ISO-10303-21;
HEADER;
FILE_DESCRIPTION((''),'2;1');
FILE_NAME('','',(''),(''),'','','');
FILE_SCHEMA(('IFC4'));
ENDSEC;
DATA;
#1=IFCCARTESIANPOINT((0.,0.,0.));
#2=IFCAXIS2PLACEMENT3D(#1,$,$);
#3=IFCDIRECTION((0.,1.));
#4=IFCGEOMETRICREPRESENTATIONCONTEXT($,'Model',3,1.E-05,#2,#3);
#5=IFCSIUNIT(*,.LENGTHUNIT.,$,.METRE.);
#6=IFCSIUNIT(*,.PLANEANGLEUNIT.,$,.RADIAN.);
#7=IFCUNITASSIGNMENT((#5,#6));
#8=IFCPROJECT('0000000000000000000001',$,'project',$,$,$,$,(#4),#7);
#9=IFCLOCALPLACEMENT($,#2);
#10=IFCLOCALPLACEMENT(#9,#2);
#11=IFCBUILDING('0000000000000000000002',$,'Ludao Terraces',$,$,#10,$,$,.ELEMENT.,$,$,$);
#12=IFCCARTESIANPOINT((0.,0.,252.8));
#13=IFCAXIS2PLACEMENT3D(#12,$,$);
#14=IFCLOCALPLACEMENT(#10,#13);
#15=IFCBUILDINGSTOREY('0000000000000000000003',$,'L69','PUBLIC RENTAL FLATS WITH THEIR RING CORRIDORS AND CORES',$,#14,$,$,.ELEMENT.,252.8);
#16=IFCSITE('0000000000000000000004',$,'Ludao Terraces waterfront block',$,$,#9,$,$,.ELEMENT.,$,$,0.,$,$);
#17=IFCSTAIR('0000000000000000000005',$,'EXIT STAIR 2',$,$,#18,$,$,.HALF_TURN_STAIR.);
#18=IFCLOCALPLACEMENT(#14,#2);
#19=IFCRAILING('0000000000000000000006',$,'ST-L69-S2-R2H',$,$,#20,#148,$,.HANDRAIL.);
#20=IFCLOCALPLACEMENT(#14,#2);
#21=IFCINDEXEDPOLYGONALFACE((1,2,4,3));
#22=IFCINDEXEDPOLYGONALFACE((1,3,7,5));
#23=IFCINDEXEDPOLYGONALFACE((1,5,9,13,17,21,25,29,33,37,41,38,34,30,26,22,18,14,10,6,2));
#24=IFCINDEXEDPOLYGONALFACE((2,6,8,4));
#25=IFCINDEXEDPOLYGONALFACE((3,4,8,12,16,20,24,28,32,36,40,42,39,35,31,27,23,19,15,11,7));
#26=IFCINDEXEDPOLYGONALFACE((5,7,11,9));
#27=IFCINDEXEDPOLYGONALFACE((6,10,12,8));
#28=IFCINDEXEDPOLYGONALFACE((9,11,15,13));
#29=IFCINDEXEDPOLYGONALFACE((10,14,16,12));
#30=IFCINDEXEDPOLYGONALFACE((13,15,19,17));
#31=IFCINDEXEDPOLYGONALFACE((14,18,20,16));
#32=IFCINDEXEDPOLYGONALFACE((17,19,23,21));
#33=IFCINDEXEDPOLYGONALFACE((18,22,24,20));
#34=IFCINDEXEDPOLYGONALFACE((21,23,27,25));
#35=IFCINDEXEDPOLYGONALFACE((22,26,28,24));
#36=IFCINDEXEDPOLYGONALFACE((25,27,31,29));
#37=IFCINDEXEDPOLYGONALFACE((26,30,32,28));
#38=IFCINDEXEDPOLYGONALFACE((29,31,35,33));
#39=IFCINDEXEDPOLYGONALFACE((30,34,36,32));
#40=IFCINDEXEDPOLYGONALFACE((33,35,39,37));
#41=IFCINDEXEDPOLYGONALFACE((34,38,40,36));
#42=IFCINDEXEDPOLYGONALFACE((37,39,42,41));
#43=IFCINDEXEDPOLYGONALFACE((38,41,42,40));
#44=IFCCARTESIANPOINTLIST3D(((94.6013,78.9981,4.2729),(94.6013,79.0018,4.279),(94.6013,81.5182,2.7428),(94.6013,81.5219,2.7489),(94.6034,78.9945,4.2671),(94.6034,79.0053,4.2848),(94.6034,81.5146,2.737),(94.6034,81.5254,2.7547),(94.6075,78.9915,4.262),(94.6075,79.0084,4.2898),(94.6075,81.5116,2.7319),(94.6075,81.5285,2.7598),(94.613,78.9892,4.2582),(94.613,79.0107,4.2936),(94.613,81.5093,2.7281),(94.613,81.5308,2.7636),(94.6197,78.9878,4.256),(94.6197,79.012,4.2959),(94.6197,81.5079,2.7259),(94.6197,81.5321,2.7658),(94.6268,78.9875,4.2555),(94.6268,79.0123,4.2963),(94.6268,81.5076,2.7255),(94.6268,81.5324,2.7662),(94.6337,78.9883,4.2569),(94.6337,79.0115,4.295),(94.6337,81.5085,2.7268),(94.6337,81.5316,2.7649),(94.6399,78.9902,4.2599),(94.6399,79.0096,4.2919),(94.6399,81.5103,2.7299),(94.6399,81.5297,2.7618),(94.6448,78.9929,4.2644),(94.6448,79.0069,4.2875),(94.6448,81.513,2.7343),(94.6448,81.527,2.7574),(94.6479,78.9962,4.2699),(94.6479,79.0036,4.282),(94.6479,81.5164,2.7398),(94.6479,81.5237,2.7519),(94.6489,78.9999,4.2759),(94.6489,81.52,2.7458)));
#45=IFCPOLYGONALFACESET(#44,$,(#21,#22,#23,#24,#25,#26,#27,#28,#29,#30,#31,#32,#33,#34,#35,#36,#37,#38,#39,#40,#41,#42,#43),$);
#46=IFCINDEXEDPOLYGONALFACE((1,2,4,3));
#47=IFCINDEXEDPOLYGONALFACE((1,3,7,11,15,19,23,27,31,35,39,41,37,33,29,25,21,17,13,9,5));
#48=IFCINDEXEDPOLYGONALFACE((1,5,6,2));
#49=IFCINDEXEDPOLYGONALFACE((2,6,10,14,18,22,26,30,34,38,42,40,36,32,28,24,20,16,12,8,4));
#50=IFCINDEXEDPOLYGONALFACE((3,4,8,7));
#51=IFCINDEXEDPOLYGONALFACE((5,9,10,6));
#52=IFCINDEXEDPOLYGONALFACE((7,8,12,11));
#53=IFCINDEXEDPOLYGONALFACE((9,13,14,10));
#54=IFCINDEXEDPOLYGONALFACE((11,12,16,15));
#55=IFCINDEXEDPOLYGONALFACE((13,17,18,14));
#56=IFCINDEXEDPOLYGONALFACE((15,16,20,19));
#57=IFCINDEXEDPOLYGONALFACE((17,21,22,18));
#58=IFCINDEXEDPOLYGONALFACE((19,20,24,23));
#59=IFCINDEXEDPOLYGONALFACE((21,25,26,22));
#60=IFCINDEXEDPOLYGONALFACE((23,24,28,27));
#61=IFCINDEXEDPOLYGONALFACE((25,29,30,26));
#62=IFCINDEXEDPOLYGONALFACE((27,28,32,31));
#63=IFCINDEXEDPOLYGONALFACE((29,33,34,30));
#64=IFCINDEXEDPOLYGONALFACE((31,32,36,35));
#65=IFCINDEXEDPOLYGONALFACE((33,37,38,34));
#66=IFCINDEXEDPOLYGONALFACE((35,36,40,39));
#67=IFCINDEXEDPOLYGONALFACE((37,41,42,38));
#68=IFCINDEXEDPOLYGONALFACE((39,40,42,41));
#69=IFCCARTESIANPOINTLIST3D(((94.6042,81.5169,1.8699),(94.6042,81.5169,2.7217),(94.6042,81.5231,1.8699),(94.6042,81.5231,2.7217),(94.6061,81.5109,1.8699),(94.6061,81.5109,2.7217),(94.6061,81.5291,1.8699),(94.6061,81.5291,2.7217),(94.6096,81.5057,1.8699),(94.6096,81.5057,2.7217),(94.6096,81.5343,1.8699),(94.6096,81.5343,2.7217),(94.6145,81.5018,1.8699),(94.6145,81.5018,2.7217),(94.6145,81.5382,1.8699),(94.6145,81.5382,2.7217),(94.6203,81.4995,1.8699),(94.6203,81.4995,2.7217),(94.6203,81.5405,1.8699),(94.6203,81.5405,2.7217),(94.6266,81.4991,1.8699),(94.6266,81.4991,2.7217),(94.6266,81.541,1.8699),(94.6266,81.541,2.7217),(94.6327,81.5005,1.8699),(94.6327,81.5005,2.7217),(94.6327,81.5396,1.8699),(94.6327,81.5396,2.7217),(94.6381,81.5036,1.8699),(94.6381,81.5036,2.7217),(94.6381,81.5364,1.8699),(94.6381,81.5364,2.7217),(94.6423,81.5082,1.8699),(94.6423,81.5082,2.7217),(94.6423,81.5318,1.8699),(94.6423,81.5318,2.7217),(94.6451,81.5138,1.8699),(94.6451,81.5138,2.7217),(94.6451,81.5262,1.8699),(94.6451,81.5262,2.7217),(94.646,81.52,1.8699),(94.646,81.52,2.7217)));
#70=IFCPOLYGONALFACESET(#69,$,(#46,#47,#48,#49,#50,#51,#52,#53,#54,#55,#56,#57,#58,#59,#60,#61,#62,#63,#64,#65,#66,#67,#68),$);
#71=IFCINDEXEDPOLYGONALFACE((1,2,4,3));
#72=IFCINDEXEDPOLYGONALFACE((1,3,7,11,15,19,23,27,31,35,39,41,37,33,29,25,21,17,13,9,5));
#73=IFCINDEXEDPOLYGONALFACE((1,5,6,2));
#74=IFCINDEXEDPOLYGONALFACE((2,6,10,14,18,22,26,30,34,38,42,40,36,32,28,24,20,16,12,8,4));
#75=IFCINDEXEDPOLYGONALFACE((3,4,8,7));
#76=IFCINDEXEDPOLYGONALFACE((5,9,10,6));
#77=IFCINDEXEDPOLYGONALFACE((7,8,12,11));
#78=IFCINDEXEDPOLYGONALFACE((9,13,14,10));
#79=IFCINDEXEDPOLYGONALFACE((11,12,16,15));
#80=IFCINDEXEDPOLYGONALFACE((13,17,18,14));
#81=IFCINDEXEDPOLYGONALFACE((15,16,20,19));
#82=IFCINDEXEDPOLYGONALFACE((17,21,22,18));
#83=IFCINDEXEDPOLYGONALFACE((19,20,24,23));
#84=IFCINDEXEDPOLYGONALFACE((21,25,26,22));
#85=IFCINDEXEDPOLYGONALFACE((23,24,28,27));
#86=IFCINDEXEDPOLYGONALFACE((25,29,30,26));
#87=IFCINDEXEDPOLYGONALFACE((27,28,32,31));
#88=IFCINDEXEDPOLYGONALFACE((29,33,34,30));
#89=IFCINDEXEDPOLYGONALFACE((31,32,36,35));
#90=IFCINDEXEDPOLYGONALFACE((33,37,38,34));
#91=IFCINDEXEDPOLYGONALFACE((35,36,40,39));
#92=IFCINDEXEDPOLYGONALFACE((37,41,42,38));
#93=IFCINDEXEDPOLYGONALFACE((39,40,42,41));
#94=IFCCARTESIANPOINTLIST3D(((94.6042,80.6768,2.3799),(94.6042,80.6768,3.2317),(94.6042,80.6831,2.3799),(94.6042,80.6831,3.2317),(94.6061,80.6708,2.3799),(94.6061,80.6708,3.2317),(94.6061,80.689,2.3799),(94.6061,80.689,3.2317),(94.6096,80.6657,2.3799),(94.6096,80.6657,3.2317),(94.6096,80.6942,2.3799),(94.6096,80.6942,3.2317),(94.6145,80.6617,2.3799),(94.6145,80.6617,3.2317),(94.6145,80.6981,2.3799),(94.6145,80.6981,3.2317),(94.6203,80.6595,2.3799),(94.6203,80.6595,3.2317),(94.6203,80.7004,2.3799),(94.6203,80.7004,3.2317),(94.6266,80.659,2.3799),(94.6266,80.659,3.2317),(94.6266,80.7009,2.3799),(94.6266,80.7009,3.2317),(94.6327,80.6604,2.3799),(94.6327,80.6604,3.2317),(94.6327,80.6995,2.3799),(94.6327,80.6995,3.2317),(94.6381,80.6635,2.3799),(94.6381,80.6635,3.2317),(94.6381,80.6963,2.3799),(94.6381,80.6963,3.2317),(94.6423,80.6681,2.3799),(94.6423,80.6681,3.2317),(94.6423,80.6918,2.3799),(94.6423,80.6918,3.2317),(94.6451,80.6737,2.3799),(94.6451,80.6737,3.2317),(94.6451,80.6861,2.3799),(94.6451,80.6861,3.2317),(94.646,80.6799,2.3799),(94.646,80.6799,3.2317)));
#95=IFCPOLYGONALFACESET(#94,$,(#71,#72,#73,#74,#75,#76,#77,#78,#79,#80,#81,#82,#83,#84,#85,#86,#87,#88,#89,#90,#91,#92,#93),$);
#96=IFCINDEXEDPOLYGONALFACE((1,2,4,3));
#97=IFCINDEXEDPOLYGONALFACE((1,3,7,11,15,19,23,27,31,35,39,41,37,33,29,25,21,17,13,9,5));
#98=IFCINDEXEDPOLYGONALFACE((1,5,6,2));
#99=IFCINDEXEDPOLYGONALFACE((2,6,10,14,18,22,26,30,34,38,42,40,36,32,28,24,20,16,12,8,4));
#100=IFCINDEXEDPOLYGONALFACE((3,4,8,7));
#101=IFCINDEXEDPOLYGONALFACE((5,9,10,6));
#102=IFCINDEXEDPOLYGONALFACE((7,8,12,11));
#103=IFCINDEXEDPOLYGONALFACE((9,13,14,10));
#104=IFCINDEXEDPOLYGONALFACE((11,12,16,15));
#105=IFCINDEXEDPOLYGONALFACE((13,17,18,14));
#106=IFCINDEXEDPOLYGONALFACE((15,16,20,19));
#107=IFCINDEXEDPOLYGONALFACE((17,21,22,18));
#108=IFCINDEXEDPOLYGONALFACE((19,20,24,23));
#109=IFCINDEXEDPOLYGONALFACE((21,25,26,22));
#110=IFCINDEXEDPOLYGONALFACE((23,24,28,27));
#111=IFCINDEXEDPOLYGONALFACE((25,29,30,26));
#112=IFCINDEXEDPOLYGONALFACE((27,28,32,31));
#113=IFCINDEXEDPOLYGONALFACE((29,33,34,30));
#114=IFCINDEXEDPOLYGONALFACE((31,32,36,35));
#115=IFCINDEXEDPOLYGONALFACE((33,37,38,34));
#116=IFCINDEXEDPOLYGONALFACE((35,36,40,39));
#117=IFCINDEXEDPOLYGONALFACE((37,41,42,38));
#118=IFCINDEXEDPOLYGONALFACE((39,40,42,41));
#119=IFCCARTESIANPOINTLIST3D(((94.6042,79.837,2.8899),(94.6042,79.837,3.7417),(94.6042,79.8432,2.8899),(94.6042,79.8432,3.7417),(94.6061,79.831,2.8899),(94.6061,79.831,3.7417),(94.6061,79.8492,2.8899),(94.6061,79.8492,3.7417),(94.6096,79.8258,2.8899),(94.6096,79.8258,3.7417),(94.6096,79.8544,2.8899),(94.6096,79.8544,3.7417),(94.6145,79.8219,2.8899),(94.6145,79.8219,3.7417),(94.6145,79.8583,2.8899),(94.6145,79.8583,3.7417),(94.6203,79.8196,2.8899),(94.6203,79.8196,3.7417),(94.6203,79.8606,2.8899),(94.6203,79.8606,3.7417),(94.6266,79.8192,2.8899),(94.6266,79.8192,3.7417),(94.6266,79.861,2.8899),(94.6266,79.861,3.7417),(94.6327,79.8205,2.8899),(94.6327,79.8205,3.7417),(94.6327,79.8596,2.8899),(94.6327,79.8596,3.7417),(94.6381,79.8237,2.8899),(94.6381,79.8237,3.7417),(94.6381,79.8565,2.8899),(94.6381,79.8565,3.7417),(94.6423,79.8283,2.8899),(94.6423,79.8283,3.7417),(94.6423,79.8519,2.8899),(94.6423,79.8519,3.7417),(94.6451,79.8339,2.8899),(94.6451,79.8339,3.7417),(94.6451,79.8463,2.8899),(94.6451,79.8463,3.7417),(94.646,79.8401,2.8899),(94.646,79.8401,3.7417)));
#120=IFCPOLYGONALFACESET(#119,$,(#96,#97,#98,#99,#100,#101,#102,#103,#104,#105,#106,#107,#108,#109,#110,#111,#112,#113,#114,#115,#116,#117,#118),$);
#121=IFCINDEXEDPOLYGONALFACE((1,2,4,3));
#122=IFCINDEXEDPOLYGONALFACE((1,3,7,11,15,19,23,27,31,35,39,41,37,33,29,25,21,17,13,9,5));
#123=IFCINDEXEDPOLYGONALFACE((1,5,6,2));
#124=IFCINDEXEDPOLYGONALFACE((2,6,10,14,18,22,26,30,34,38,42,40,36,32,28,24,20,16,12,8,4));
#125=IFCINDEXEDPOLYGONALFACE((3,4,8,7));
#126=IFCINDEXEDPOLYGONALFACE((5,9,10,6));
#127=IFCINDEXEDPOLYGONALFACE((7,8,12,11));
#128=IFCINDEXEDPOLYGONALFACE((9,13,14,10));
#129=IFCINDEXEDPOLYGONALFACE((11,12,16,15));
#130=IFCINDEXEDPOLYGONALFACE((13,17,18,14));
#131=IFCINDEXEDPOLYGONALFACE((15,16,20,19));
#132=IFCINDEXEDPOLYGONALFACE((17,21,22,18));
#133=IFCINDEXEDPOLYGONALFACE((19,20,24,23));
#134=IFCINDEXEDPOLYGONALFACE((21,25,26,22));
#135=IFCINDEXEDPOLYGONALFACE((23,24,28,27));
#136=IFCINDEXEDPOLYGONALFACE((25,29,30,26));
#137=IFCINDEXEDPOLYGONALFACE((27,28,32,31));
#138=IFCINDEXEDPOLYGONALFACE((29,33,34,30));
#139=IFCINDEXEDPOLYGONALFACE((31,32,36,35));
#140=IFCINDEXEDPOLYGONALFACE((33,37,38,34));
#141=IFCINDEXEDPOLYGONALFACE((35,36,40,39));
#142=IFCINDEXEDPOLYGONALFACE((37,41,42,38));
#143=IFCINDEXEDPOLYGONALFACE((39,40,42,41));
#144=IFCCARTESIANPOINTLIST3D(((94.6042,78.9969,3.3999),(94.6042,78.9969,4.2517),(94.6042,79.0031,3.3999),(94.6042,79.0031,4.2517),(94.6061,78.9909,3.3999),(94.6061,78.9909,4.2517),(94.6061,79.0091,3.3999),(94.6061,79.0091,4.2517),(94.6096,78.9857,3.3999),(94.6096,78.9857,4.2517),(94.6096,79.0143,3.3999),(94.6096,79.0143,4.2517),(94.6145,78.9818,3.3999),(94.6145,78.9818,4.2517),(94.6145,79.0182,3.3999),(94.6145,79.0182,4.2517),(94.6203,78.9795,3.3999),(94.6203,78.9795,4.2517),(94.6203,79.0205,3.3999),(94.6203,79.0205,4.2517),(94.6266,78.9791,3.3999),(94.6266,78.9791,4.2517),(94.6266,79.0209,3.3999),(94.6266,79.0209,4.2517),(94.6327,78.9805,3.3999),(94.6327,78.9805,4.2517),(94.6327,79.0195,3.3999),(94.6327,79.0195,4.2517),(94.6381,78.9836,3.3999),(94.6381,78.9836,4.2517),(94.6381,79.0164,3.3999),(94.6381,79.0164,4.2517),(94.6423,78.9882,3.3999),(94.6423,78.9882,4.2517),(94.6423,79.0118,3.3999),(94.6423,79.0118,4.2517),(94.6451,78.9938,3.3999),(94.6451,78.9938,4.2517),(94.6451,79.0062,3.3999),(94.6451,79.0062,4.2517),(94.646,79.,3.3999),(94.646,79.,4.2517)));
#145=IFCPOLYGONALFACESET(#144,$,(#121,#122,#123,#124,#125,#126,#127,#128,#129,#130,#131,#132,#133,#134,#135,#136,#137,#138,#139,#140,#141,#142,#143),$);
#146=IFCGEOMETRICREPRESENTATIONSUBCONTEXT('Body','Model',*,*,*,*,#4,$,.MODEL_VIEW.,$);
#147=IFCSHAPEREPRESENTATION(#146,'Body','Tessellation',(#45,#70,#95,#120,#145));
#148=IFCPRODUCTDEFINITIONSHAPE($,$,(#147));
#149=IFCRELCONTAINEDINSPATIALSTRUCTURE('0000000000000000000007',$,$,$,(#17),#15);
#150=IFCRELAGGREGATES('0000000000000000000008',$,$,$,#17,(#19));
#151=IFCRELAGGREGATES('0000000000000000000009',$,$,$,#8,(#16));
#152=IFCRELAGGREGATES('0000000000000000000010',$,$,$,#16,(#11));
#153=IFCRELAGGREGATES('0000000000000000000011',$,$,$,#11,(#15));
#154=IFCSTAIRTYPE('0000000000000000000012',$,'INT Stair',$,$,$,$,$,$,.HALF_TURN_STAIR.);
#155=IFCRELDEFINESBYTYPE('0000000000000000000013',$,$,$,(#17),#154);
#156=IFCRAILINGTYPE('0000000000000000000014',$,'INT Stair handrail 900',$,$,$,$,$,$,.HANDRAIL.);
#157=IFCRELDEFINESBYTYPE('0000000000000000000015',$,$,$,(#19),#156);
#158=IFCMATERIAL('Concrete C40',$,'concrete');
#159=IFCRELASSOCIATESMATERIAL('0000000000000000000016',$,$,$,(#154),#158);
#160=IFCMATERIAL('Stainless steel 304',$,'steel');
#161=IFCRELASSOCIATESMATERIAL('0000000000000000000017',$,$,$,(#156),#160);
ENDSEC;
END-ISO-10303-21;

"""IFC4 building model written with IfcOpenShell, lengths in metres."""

from ifc_helpers import new_model, si_unit, direction, frame, origin, origin_2d, place, context, subcontext, project, spatial, circle, extrude, material, type_object, element, aggregate, save


model = new_model("IFC4")

# Units and contexts
model_context = context("Model", 3, precision=1e-05, world=origin(), true_north=direction((0.0, 1.0)))
body_context = subcontext(model_context, "Body", "Model", "MODEL_VIEW")
ifc_project = project(units=[si_unit("LENGTHUNIT", "METRE"), si_unit("PLANEANGLEUNIT", "RADIAN")], contexts=[model_context])

# Site, building, storey
site_placement = place(None, origin())
site = spatial("IfcSite", under=ifc_project, at=site_placement, Name="Ludao Terraces waterfront block", CompositionType="ELEMENT", RefElevation=0.0)
building_placement = place(site_placement, origin())
building = spatial("IfcBuilding", under=site, at=building_placement, Name="Ludao Terraces", CompositionType="ELEMENT")
storey_placement = place(building_placement, frame((0.0, 0.0, 252.8)))
storey = spatial("IfcBuildingStorey", under=building, at=storey_placement, Name="L69", Description="PUBLIC RENTAL FLATS WITH THEIR RING CORRIDORS AND CORES", CompositionType="ELEMENT", Elevation=252.8)

# Shared definitions
ifc_material_1 = material(Name="Concrete C40", Category="concrete")

# Stair, railing
stair_type = type_object("IfcStairType", Name="INT Stair", PredefinedType="HALF_TURN_STAIR", material=ifc_material_1)
stair_placement = place(storey_placement, origin())
stair = element("IfcStair", 1, at=stair_placement, inside=storey, type_object=stair_type, Name="EXIT STAIR 2", PredefinedType="HALF_TURN_STAIR")
ifc_material_2 = material(Name="Stainless steel 304", Category="steel")
railing_type = type_object("IfcRailingType", Name="INT Stair handrail 900", PredefinedType="HANDRAIL", material=ifc_material_2)
railing_placement = place(storey_placement, frame((94.625, 81.52, 1.8699)))
railing = element("IfcRailing", 2, at=railing_placement, type_object=railing_type, Name="ST-L69-S2-R2H", PredefinedType="HANDRAIL", context=body_context, shape_type="SweptSolid", body=[
    extrude(circle(Radius=0.0239, at=origin_2d()), frame((0.0, 0.0, 0.876), z_axis=(0.0, -0.854785, 0.518982), x_axis=(1.0, 0.0, 0.0)), (0.0, 0.0, 1.0), 2.9482),
    extrude(circle(Radius=0.021, at=origin_2d()), origin(), (0.0, 0.0, 1.0), 0.8518),
    extrude(circle(Radius=0.021, at=origin_2d()), frame((0.0, -0.8401, 0.51)), (0.0, 0.0, 1.0), 0.8518),
    extrude(circle(Radius=0.021, at=origin_2d()), frame((0.0, -1.6799, 1.02)), (0.0, 0.0, 1.0), 0.8518),
    extrude(circle(Radius=0.021, at=origin_2d()), frame((0.0, -2.52, 1.53)), (0.0, 0.0, 1.0), 0.8518),
])
aggregate(stair, [railing])

save(model, "model.ifc")
